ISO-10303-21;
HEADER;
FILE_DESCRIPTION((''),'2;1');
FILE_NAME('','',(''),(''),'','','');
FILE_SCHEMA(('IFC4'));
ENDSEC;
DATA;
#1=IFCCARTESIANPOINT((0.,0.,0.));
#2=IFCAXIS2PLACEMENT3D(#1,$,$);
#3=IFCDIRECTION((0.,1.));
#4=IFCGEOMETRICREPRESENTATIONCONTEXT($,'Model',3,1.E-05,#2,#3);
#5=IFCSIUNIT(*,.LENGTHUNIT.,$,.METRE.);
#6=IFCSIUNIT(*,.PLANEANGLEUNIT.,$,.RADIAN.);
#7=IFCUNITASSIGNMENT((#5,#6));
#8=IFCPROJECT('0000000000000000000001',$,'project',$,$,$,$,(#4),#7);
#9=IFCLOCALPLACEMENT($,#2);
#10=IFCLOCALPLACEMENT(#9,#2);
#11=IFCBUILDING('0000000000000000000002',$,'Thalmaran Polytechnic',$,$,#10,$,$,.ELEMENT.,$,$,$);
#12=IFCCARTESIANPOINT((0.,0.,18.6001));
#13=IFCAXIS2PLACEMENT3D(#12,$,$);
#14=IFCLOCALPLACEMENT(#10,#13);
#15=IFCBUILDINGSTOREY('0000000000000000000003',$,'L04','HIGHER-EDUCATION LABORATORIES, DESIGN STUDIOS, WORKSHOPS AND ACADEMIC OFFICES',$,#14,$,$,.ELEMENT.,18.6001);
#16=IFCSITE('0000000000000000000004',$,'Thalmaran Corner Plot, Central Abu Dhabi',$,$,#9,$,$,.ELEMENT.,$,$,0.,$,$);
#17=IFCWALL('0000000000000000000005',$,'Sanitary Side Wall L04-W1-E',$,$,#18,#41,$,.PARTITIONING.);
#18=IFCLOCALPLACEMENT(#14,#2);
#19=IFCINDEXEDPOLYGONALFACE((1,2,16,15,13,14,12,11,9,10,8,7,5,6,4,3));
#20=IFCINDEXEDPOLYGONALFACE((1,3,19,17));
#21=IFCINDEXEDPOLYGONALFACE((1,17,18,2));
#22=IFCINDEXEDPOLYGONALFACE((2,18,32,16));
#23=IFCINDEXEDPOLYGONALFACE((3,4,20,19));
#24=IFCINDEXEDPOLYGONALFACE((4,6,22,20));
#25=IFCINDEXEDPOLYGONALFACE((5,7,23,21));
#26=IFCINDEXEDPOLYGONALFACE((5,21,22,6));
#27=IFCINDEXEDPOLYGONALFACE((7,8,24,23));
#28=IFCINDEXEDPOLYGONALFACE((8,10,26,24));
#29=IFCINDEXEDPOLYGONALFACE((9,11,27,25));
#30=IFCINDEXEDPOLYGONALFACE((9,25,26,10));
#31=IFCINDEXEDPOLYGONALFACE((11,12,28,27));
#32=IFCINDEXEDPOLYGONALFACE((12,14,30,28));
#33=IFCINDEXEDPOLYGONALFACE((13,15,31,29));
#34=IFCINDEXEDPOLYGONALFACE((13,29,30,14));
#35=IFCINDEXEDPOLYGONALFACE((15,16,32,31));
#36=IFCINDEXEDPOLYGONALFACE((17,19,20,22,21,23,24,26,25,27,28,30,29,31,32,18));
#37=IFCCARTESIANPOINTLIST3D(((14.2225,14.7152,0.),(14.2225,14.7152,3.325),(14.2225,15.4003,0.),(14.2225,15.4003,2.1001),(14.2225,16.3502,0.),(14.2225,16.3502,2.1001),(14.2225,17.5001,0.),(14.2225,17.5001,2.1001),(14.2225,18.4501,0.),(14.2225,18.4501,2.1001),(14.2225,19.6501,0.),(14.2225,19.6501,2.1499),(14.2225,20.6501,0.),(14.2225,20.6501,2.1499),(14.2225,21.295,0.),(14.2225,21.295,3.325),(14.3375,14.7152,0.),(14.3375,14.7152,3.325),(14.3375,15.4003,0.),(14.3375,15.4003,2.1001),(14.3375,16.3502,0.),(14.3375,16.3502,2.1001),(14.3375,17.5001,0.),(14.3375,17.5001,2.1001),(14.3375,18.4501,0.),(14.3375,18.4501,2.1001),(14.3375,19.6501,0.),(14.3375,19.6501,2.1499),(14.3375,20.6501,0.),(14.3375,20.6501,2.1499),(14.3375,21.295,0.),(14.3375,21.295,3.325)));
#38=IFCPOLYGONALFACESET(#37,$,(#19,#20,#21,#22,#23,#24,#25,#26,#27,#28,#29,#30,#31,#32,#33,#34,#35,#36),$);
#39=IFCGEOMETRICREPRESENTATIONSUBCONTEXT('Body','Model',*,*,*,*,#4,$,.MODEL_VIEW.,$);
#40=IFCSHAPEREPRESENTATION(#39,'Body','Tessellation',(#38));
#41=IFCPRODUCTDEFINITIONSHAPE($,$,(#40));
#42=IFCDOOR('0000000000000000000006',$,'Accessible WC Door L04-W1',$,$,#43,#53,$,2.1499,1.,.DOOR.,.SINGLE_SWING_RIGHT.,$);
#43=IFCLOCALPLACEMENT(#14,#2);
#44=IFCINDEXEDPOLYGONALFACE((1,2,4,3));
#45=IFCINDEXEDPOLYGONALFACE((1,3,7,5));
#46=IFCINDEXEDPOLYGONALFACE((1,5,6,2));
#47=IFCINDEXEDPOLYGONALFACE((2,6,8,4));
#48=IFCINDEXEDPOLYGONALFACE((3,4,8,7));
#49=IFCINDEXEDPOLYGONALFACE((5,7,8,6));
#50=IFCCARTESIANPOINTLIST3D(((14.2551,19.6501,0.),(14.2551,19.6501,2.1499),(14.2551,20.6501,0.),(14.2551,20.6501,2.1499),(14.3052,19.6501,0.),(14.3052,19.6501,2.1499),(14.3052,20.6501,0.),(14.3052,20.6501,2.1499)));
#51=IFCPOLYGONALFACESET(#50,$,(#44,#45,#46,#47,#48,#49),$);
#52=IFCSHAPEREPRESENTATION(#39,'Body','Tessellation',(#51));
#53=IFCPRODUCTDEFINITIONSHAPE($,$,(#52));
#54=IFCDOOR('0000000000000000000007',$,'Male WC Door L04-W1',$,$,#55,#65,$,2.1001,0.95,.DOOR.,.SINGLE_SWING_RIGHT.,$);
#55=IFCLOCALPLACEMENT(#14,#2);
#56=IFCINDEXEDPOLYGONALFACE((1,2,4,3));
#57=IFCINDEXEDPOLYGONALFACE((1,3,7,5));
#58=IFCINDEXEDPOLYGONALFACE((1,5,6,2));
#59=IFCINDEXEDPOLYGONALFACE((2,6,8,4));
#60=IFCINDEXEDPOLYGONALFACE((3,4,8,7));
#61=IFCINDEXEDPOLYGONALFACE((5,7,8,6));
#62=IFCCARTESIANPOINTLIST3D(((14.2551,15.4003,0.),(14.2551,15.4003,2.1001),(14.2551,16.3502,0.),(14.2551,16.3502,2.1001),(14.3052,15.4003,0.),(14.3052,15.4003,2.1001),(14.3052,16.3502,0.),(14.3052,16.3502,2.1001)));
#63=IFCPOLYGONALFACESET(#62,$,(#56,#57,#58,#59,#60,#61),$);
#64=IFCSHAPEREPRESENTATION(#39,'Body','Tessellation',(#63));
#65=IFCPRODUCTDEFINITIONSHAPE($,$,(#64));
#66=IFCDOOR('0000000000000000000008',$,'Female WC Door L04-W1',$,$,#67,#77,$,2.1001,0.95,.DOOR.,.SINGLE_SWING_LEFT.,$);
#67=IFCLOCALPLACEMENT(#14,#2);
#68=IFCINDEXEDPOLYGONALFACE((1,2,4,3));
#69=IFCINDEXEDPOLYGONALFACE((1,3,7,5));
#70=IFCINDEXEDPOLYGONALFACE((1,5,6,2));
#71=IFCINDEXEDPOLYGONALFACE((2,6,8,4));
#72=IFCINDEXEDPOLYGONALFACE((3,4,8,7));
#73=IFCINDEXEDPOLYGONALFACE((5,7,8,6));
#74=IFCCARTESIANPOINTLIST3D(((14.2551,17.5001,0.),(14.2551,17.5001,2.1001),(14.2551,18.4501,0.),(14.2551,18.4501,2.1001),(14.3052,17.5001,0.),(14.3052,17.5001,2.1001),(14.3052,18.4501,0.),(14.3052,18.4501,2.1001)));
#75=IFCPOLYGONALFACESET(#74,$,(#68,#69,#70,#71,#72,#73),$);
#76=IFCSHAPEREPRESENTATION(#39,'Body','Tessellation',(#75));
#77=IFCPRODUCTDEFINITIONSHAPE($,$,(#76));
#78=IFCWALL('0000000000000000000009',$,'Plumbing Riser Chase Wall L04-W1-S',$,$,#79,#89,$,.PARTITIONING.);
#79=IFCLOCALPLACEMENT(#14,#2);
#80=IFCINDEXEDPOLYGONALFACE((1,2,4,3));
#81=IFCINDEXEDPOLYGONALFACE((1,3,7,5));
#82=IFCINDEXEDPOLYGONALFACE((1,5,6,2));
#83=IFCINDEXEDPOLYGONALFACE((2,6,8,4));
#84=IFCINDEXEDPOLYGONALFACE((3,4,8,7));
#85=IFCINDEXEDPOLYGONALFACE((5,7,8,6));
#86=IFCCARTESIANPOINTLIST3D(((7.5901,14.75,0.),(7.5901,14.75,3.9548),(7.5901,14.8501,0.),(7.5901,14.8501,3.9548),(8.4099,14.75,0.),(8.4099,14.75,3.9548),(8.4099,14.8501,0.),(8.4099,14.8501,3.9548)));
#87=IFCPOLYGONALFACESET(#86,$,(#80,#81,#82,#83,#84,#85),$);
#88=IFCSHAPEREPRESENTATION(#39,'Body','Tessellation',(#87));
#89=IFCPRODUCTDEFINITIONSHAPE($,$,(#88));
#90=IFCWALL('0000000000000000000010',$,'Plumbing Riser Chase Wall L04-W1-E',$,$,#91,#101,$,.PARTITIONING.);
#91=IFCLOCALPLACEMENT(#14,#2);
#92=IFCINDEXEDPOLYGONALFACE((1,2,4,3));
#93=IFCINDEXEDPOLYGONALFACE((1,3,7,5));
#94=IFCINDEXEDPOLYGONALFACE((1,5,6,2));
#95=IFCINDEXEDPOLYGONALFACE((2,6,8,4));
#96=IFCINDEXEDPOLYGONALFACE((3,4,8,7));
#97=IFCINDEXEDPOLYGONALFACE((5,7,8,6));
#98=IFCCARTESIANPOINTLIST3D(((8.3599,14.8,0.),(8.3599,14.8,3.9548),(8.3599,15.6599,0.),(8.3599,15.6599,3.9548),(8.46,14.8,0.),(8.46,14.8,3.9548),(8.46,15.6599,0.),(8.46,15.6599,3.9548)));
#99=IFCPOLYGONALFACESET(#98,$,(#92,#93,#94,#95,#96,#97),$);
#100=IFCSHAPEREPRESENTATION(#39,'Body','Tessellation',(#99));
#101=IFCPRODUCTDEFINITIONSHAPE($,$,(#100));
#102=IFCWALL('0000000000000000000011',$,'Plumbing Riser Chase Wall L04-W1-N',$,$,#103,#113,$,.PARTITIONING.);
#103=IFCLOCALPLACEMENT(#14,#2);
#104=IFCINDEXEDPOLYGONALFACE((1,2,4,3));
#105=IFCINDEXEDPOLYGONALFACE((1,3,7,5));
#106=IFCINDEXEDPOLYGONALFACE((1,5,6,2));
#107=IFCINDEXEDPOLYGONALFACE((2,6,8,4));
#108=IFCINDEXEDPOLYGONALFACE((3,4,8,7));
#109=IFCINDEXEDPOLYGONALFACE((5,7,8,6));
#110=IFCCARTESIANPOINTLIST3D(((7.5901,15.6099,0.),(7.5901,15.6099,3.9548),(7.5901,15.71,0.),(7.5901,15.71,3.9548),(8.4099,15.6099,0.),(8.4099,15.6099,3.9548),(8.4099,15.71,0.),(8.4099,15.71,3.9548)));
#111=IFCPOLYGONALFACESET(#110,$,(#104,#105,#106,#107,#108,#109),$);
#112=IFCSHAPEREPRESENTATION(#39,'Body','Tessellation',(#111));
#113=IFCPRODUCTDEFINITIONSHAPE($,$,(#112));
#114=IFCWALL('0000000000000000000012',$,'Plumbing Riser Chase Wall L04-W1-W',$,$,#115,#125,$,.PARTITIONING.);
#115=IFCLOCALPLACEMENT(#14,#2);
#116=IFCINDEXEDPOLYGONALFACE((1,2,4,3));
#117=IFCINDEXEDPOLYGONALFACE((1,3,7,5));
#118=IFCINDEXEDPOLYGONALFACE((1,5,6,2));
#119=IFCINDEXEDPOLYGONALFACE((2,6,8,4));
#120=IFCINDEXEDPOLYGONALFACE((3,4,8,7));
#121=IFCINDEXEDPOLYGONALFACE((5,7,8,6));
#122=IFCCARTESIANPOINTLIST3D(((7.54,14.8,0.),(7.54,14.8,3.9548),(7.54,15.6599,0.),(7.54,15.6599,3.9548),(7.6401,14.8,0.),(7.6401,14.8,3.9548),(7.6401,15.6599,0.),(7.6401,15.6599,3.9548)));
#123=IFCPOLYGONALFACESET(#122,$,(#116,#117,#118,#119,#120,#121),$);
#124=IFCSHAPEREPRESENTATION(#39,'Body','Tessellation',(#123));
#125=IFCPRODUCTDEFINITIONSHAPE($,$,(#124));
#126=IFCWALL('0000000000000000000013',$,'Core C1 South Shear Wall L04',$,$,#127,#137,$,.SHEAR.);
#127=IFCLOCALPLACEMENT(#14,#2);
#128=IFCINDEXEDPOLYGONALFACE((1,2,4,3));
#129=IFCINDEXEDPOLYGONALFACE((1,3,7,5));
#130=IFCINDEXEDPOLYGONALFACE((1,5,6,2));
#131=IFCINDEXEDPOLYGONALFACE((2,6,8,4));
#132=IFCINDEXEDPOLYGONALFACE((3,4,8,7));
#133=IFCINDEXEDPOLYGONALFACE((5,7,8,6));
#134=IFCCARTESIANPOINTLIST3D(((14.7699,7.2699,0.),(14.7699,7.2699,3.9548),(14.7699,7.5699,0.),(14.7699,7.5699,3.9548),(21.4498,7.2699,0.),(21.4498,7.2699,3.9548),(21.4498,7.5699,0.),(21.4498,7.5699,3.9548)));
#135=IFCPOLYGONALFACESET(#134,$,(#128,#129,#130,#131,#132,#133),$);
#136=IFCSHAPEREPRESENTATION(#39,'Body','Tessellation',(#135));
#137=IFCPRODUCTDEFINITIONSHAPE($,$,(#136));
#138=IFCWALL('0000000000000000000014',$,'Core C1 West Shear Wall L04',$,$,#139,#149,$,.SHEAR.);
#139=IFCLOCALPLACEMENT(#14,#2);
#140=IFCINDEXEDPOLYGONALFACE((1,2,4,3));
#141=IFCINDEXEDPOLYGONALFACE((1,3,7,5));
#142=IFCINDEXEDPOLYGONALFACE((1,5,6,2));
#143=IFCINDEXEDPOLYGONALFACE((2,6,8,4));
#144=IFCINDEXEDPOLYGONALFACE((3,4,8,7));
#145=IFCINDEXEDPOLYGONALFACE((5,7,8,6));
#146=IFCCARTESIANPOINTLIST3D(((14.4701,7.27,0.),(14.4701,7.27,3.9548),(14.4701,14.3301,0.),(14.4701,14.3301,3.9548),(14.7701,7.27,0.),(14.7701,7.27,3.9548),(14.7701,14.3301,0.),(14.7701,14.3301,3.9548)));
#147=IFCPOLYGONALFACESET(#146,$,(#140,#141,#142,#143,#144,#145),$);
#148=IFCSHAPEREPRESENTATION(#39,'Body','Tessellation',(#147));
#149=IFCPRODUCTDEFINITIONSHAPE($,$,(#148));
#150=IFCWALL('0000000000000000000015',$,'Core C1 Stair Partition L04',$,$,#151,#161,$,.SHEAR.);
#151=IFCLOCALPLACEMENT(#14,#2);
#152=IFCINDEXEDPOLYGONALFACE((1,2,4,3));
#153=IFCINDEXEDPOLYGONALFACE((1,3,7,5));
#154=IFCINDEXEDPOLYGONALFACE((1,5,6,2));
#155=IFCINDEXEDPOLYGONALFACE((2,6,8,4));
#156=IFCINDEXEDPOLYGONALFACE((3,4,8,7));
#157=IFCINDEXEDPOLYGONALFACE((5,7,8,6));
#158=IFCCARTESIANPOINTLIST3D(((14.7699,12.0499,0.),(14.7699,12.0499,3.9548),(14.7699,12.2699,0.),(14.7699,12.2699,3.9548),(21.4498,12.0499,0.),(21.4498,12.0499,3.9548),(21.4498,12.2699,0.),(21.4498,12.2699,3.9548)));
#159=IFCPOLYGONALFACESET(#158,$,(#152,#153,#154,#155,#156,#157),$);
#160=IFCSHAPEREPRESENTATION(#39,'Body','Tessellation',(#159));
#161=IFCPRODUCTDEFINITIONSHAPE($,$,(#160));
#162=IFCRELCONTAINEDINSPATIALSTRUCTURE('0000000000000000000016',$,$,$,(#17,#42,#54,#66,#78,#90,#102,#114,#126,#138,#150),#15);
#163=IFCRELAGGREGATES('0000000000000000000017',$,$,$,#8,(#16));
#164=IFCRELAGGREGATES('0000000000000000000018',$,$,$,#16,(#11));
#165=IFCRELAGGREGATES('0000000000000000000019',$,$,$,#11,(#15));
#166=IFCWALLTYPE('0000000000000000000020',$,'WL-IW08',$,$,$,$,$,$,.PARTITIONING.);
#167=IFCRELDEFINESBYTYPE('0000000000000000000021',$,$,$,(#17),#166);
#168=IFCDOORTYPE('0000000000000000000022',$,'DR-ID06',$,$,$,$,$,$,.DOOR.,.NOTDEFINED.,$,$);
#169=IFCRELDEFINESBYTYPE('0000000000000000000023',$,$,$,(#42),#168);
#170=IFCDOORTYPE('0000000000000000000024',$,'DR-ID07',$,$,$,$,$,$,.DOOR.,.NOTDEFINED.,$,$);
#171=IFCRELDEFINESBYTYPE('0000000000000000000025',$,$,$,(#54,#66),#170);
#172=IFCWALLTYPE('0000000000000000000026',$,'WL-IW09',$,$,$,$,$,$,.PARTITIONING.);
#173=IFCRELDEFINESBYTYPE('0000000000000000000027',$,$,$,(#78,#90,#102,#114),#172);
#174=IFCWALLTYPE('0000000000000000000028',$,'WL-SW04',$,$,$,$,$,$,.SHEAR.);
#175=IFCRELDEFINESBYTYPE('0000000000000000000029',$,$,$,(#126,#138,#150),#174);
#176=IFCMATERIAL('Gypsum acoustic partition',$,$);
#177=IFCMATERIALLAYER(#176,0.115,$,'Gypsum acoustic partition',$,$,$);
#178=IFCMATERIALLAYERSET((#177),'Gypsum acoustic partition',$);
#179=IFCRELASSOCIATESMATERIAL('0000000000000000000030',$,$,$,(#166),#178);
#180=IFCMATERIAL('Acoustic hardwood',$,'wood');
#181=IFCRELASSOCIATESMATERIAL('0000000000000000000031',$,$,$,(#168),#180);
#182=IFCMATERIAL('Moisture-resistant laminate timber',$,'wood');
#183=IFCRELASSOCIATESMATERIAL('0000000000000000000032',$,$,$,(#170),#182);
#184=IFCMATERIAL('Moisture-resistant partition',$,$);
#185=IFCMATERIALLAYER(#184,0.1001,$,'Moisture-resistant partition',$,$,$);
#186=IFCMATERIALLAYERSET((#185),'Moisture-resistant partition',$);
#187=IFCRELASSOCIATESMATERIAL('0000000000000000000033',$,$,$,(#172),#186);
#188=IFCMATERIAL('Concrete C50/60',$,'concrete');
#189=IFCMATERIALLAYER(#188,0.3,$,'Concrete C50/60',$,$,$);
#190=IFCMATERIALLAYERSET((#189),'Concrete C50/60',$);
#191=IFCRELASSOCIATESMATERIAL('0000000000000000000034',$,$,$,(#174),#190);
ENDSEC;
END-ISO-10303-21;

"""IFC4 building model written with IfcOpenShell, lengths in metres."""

from ifc_helpers import new_model, si_unit, direction, frame, frame_2d, origin, place, context, subcontext, project, spatial, rectangle, extrude, material, layer, layer_set, type_object, element, fill, save


model = new_model("IFC4")

# Units and contexts
model_context = context("Model", 3, precision=1e-05, world=origin(), true_north=direction((0.0, 1.0)))
body_context = subcontext(model_context, "Body", "Model", "MODEL_VIEW")
ifc_project = project(units=[si_unit("LENGTHUNIT", "METRE"), si_unit("PLANEANGLEUNIT", "RADIAN")], contexts=[model_context])

# Site, building, storey
site_placement = place(None, origin())
site = spatial("IfcSite", under=ifc_project, at=site_placement, Name="Thalmaran Corner Plot, Central Abu Dhabi", CompositionType="ELEMENT", RefElevation=0.0)
building_placement = place(site_placement, origin())
building = spatial("IfcBuilding", under=site, at=building_placement, Name="Thalmaran Polytechnic", CompositionType="ELEMENT")
storey_placement = place(building_placement, frame((0.0, 0.0, 18.6001)))
storey = spatial("IfcBuildingStorey", under=building, at=storey_placement, Name="L04", Description="HIGHER-EDUCATION LABORATORIES, DESIGN STUDIOS, WORKSHOPS AND ACADEMIC OFFICES", CompositionType="ELEMENT", Elevation=18.6001)

# Wall, openings, doors
ifc_material_1 = material(Name="Gypsum acoustic partition")
ifc_layer_1 = layer(ifc_material_1, 0.115, Name="Gypsum acoustic partition")
ifc_layer_set_1 = layer_set([ifc_layer_1], Name="Gypsum acoustic partition")
wall_type_1 = type_object("IfcWallType", Name="WL-IW08", PredefinedType="PARTITIONING", material=ifc_layer_set_1)
wall_1_placement = place(storey_placement, frame((14.28, 14.7151, 0.0), z_axis=(0.0, 0.0, 1.0), x_axis=(0.0, 1.0, 0.0)))
wall_1 = element("IfcWall", 1, at=wall_1_placement, inside=storey, type_object=wall_type_1, Name="Sanitary Side Wall L04-W1-E", PredefinedType="PARTITIONING", context=body_context, shape_type="SweptSolid", body=[
    extrude(rectangle(XDim=6.5798, YDim=0.115, at=frame_2d((3.29, 0.0))), origin(), (0.0, 0.0, 1.0), 3.325),
])
opening_1_placement = place(wall_1_placement, frame((0.6851, 0.0, 0.0)))
opening_1 = element("IfcOpeningElement", 2, at=opening_1_placement, cuts=wall_1, PredefinedType="OPENING", context=body_context, shape_type="SweptSolid", body=[
    extrude(rectangle(XDim=0.95, YDim=2.1001, at=frame_2d((0.4751, 1.05))), frame((0.0, 0.0674, 0.0), z_axis=(0.0, -1.0, 0.0), x_axis=(1.0, 0.0, 0.0)), (0.0, 0.0, 1.0), 0.135),
])
opening_2_placement = place(wall_1_placement, frame((2.7849, 0.0, 0.0)))
opening_2 = element("IfcOpeningElement", 3, at=opening_2_placement, cuts=wall_1, PredefinedType="OPENING", context=body_context, shape_type="SweptSolid", body=[
    extrude(rectangle(XDim=0.95, YDim=2.1001, at=frame_2d((0.4751, 1.05))), frame((0.0, 0.0674, 0.0), z_axis=(0.0, -1.0, 0.0), x_axis=(1.0, 0.0, 0.0)), (0.0, 0.0, 1.0), 0.135),
])
opening_3_placement = place(wall_1_placement, frame((4.9351, 0.0, 0.0)))
opening_3 = element("IfcOpeningElement", 4, at=opening_3_placement, cuts=wall_1, PredefinedType="OPENING", context=body_context, shape_type="SweptSolid", body=[
    extrude(rectangle(XDim=1.0, YDim=2.1499, at=frame_2d((0.5, 1.075))), frame((0.0, 0.0674, 0.0), z_axis=(0.0, -1.0, 0.0), x_axis=(1.0, 0.0, 0.0)), (0.0, 0.0, 1.0), 0.135),
])
ifc_material_2 = material(Name="Acoustic hardwood", Category="wood")
door_type_1 = type_object("IfcDoorType", Name="DR-ID06", OperationType="NOTDEFINED", PredefinedType="DOOR", material=ifc_material_2)
door_1_placement = place(opening_3_placement, origin())
door_1 = element("IfcDoor", 5, at=door_1_placement, inside=storey, type_object=door_type_1, Name="Accessible WC Door L04-W1", OperationType="SINGLE_SWING_RIGHT", OverallHeight=2.1499, OverallWidth=1.0, PredefinedType="DOOR", context=body_context, shape_type="SweptSolid", body=[
    extrude(rectangle(XDim=1.0, YDim=2.1499, at=frame_2d((0.5, 1.075))), frame((0.0, 0.0249, 0.0), z_axis=(0.0, -1.0, 0.0), x_axis=(1.0, 0.0, 0.0)), (0.0, 0.0, 1.0), 0.05),
])
fill(opening_3, door_1)
ifc_material_3 = material(Name="Moisture-resistant laminate timber", Category="wood")
door_type_2 = type_object("IfcDoorType", Name="DR-ID07", OperationType="NOTDEFINED", PredefinedType="DOOR", material=ifc_material_3)
door_2_placement = place(opening_1_placement, origin())
door_2 = element("IfcDoor", 6, at=door_2_placement, inside=storey, type_object=door_type_2, Name="Male WC Door L04-W1", OperationType="SINGLE_SWING_RIGHT", OverallHeight=2.1001, OverallWidth=0.95, PredefinedType="DOOR", context=body_context, shape_type="SweptSolid", body=[
    extrude(rectangle(XDim=0.95, YDim=2.1001, at=frame_2d((0.4751, 1.05))), frame((0.0, 0.0249, 0.0), z_axis=(0.0, -1.0, 0.0), x_axis=(1.0, 0.0, 0.0)), (0.0, 0.0, 1.0), 0.05),
])
fill(opening_1, door_2)
door_3_placement = place(opening_2_placement, origin())
door_3 = element("IfcDoor", 7, at=door_3_placement, inside=storey, type_object=door_type_2, Name="Female WC Door L04-W1", OperationType="SINGLE_SWING_LEFT", OverallHeight=2.1001, OverallWidth=0.95, PredefinedType="DOOR", context=body_context, shape_type="SweptSolid", body=[
    extrude(rectangle(XDim=0.95, YDim=2.1001, at=frame_2d((0.4751, 1.05))), frame((0.0, 0.0249, 0.0), z_axis=(0.0, -1.0, 0.0), x_axis=(1.0, 0.0, 0.0)), (0.0, 0.0, 1.0), 0.05),
])
fill(opening_2, door_3)

# Walls
ifc_material_4 = material(Name="Moisture-resistant partition")
ifc_layer_2 = layer(ifc_material_4, 0.1001, Name="Moisture-resistant partition")
ifc_layer_set_2 = layer_set([ifc_layer_2], Name="Moisture-resistant partition")
wall_type_2 = type_object("IfcWallType", Name="WL-IW09", PredefinedType="PARTITIONING", material=ifc_layer_set_2)
wall_2_placement = place(storey_placement, frame((7.5901, 14.8, 0.0), z_axis=(0.0, 0.0, 1.0), x_axis=(1.0, 0.0, 0.0)))
element("IfcWall", 8, at=wall_2_placement, inside=storey, type_object=wall_type_2, Name="Plumbing Riser Chase Wall L04-W1-S", PredefinedType="PARTITIONING", context=body_context, shape_type="SweptSolid", body=[
    extrude(rectangle(XDim=0.8198, YDim=0.1001, at=frame_2d((0.4099, 0.0))), origin(), (0.0, 0.0, 1.0), 3.9548),
])
wall_3_placement = place(storey_placement, frame((8.4099, 14.8, 0.0), z_axis=(0.0, 0.0, 1.0), x_axis=(0.0, 1.0, 0.0)))
element("IfcWall", 9, at=wall_3_placement, inside=storey, type_object=wall_type_2, Name="Plumbing Riser Chase Wall L04-W1-E", PredefinedType="PARTITIONING", context=body_context, shape_type="SweptSolid", body=[
    extrude(rectangle(XDim=0.8599, YDim=0.1001, at=frame_2d((0.4299, 0.0))), origin(), (0.0, 0.0, 1.0), 3.9548),
])
wall_4_placement = place(storey_placement, frame((8.4099, 15.6599, 0.0), z_axis=(0.0, 0.0, 1.0), x_axis=(-1.0, 0.0, 0.0)))
element("IfcWall", 10, at=wall_4_placement, inside=storey, type_object=wall_type_2, Name="Plumbing Riser Chase Wall L04-W1-N", PredefinedType="PARTITIONING", context=body_context, shape_type="SweptSolid", body=[
    extrude(rectangle(XDim=0.8198, YDim=0.1001, at=frame_2d((0.4099, 0.0))), origin(), (0.0, 0.0, 1.0), 3.9548),
])
wall_5_placement = place(storey_placement, frame((7.5901, 15.6599, 0.0), z_axis=(0.0, 0.0, 1.0), x_axis=(0.0, -1.0, 0.0)))
element("IfcWall", 11, at=wall_5_placement, inside=storey, type_object=wall_type_2, Name="Plumbing Riser Chase Wall L04-W1-W", PredefinedType="PARTITIONING", context=body_context, shape_type="SweptSolid", body=[
    extrude(rectangle(XDim=0.8599, YDim=0.1001, at=frame_2d((0.4299, 0.0))), origin(), (0.0, 0.0, 1.0), 3.9548),
])
ifc_material_5 = material(Name="Concrete C50/60", Category="concrete")
ifc_layer_3 = layer(ifc_material_5, 0.3, Name="Concrete C50/60")
ifc_layer_set_3 = layer_set([ifc_layer_3], Name="Concrete C50/60")
wall_type_3 = type_object("IfcWallType", Name="WL-SW04", PredefinedType="SHEAR", material=ifc_layer_set_3)
wall_6_placement = place(storey_placement, frame((14.77, 7.4199, 0.0), z_axis=(0.0, 0.0, 1.0), x_axis=(1.0, 0.0, 0.0)))
element("IfcWall", 12, at=wall_6_placement, inside=storey, type_object=wall_type_3, Name="Core C1 South Shear Wall L04", PredefinedType="SHEAR", context=body_context, shape_type="SweptSolid", body=[
    extrude(rectangle(XDim=6.6799, YDim=0.3, at=frame_2d((3.3398, 0.0))), origin(), (0.0, 0.0, 1.0), 3.9548),
])
wall_7_placement = place(storey_placement, frame((14.6201, 14.3301, 0.0), z_axis=(0.0, 0.0, 1.0), x_axis=(0.0, -1.0, 0.0)))
element("IfcWall", 13, at=wall_7_placement, inside=storey, type_object=wall_type_3, Name="Core C1 West Shear Wall L04", PredefinedType="SHEAR", context=body_context, shape_type="SweptSolid", body=[
    extrude(rectangle(XDim=7.0601, YDim=0.3, at=frame_2d((3.53, 0.0))), origin(), (0.0, 0.0, 1.0), 3.9548),
])

# Wall
wall_8_placement = place(storey_placement, frame((14.77, 12.1599, 0.0), z_axis=(0.0, 0.0, 1.0), x_axis=(1.0, 0.0, 0.0)))
element("IfcWall", 14, at=wall_8_placement, inside=storey, type_object=wall_type_3, Name="Core C1 Stair Partition L04", PredefinedType="SHEAR", context=body_context, shape_type="SweptSolid", body=[
    extrude(rectangle(XDim=6.6799, YDim=0.22, at=frame_2d((3.3398, 0.0))), origin(), (0.0, 0.0, 1.0), 3.9548),
])

save(model, "model.ifc")
